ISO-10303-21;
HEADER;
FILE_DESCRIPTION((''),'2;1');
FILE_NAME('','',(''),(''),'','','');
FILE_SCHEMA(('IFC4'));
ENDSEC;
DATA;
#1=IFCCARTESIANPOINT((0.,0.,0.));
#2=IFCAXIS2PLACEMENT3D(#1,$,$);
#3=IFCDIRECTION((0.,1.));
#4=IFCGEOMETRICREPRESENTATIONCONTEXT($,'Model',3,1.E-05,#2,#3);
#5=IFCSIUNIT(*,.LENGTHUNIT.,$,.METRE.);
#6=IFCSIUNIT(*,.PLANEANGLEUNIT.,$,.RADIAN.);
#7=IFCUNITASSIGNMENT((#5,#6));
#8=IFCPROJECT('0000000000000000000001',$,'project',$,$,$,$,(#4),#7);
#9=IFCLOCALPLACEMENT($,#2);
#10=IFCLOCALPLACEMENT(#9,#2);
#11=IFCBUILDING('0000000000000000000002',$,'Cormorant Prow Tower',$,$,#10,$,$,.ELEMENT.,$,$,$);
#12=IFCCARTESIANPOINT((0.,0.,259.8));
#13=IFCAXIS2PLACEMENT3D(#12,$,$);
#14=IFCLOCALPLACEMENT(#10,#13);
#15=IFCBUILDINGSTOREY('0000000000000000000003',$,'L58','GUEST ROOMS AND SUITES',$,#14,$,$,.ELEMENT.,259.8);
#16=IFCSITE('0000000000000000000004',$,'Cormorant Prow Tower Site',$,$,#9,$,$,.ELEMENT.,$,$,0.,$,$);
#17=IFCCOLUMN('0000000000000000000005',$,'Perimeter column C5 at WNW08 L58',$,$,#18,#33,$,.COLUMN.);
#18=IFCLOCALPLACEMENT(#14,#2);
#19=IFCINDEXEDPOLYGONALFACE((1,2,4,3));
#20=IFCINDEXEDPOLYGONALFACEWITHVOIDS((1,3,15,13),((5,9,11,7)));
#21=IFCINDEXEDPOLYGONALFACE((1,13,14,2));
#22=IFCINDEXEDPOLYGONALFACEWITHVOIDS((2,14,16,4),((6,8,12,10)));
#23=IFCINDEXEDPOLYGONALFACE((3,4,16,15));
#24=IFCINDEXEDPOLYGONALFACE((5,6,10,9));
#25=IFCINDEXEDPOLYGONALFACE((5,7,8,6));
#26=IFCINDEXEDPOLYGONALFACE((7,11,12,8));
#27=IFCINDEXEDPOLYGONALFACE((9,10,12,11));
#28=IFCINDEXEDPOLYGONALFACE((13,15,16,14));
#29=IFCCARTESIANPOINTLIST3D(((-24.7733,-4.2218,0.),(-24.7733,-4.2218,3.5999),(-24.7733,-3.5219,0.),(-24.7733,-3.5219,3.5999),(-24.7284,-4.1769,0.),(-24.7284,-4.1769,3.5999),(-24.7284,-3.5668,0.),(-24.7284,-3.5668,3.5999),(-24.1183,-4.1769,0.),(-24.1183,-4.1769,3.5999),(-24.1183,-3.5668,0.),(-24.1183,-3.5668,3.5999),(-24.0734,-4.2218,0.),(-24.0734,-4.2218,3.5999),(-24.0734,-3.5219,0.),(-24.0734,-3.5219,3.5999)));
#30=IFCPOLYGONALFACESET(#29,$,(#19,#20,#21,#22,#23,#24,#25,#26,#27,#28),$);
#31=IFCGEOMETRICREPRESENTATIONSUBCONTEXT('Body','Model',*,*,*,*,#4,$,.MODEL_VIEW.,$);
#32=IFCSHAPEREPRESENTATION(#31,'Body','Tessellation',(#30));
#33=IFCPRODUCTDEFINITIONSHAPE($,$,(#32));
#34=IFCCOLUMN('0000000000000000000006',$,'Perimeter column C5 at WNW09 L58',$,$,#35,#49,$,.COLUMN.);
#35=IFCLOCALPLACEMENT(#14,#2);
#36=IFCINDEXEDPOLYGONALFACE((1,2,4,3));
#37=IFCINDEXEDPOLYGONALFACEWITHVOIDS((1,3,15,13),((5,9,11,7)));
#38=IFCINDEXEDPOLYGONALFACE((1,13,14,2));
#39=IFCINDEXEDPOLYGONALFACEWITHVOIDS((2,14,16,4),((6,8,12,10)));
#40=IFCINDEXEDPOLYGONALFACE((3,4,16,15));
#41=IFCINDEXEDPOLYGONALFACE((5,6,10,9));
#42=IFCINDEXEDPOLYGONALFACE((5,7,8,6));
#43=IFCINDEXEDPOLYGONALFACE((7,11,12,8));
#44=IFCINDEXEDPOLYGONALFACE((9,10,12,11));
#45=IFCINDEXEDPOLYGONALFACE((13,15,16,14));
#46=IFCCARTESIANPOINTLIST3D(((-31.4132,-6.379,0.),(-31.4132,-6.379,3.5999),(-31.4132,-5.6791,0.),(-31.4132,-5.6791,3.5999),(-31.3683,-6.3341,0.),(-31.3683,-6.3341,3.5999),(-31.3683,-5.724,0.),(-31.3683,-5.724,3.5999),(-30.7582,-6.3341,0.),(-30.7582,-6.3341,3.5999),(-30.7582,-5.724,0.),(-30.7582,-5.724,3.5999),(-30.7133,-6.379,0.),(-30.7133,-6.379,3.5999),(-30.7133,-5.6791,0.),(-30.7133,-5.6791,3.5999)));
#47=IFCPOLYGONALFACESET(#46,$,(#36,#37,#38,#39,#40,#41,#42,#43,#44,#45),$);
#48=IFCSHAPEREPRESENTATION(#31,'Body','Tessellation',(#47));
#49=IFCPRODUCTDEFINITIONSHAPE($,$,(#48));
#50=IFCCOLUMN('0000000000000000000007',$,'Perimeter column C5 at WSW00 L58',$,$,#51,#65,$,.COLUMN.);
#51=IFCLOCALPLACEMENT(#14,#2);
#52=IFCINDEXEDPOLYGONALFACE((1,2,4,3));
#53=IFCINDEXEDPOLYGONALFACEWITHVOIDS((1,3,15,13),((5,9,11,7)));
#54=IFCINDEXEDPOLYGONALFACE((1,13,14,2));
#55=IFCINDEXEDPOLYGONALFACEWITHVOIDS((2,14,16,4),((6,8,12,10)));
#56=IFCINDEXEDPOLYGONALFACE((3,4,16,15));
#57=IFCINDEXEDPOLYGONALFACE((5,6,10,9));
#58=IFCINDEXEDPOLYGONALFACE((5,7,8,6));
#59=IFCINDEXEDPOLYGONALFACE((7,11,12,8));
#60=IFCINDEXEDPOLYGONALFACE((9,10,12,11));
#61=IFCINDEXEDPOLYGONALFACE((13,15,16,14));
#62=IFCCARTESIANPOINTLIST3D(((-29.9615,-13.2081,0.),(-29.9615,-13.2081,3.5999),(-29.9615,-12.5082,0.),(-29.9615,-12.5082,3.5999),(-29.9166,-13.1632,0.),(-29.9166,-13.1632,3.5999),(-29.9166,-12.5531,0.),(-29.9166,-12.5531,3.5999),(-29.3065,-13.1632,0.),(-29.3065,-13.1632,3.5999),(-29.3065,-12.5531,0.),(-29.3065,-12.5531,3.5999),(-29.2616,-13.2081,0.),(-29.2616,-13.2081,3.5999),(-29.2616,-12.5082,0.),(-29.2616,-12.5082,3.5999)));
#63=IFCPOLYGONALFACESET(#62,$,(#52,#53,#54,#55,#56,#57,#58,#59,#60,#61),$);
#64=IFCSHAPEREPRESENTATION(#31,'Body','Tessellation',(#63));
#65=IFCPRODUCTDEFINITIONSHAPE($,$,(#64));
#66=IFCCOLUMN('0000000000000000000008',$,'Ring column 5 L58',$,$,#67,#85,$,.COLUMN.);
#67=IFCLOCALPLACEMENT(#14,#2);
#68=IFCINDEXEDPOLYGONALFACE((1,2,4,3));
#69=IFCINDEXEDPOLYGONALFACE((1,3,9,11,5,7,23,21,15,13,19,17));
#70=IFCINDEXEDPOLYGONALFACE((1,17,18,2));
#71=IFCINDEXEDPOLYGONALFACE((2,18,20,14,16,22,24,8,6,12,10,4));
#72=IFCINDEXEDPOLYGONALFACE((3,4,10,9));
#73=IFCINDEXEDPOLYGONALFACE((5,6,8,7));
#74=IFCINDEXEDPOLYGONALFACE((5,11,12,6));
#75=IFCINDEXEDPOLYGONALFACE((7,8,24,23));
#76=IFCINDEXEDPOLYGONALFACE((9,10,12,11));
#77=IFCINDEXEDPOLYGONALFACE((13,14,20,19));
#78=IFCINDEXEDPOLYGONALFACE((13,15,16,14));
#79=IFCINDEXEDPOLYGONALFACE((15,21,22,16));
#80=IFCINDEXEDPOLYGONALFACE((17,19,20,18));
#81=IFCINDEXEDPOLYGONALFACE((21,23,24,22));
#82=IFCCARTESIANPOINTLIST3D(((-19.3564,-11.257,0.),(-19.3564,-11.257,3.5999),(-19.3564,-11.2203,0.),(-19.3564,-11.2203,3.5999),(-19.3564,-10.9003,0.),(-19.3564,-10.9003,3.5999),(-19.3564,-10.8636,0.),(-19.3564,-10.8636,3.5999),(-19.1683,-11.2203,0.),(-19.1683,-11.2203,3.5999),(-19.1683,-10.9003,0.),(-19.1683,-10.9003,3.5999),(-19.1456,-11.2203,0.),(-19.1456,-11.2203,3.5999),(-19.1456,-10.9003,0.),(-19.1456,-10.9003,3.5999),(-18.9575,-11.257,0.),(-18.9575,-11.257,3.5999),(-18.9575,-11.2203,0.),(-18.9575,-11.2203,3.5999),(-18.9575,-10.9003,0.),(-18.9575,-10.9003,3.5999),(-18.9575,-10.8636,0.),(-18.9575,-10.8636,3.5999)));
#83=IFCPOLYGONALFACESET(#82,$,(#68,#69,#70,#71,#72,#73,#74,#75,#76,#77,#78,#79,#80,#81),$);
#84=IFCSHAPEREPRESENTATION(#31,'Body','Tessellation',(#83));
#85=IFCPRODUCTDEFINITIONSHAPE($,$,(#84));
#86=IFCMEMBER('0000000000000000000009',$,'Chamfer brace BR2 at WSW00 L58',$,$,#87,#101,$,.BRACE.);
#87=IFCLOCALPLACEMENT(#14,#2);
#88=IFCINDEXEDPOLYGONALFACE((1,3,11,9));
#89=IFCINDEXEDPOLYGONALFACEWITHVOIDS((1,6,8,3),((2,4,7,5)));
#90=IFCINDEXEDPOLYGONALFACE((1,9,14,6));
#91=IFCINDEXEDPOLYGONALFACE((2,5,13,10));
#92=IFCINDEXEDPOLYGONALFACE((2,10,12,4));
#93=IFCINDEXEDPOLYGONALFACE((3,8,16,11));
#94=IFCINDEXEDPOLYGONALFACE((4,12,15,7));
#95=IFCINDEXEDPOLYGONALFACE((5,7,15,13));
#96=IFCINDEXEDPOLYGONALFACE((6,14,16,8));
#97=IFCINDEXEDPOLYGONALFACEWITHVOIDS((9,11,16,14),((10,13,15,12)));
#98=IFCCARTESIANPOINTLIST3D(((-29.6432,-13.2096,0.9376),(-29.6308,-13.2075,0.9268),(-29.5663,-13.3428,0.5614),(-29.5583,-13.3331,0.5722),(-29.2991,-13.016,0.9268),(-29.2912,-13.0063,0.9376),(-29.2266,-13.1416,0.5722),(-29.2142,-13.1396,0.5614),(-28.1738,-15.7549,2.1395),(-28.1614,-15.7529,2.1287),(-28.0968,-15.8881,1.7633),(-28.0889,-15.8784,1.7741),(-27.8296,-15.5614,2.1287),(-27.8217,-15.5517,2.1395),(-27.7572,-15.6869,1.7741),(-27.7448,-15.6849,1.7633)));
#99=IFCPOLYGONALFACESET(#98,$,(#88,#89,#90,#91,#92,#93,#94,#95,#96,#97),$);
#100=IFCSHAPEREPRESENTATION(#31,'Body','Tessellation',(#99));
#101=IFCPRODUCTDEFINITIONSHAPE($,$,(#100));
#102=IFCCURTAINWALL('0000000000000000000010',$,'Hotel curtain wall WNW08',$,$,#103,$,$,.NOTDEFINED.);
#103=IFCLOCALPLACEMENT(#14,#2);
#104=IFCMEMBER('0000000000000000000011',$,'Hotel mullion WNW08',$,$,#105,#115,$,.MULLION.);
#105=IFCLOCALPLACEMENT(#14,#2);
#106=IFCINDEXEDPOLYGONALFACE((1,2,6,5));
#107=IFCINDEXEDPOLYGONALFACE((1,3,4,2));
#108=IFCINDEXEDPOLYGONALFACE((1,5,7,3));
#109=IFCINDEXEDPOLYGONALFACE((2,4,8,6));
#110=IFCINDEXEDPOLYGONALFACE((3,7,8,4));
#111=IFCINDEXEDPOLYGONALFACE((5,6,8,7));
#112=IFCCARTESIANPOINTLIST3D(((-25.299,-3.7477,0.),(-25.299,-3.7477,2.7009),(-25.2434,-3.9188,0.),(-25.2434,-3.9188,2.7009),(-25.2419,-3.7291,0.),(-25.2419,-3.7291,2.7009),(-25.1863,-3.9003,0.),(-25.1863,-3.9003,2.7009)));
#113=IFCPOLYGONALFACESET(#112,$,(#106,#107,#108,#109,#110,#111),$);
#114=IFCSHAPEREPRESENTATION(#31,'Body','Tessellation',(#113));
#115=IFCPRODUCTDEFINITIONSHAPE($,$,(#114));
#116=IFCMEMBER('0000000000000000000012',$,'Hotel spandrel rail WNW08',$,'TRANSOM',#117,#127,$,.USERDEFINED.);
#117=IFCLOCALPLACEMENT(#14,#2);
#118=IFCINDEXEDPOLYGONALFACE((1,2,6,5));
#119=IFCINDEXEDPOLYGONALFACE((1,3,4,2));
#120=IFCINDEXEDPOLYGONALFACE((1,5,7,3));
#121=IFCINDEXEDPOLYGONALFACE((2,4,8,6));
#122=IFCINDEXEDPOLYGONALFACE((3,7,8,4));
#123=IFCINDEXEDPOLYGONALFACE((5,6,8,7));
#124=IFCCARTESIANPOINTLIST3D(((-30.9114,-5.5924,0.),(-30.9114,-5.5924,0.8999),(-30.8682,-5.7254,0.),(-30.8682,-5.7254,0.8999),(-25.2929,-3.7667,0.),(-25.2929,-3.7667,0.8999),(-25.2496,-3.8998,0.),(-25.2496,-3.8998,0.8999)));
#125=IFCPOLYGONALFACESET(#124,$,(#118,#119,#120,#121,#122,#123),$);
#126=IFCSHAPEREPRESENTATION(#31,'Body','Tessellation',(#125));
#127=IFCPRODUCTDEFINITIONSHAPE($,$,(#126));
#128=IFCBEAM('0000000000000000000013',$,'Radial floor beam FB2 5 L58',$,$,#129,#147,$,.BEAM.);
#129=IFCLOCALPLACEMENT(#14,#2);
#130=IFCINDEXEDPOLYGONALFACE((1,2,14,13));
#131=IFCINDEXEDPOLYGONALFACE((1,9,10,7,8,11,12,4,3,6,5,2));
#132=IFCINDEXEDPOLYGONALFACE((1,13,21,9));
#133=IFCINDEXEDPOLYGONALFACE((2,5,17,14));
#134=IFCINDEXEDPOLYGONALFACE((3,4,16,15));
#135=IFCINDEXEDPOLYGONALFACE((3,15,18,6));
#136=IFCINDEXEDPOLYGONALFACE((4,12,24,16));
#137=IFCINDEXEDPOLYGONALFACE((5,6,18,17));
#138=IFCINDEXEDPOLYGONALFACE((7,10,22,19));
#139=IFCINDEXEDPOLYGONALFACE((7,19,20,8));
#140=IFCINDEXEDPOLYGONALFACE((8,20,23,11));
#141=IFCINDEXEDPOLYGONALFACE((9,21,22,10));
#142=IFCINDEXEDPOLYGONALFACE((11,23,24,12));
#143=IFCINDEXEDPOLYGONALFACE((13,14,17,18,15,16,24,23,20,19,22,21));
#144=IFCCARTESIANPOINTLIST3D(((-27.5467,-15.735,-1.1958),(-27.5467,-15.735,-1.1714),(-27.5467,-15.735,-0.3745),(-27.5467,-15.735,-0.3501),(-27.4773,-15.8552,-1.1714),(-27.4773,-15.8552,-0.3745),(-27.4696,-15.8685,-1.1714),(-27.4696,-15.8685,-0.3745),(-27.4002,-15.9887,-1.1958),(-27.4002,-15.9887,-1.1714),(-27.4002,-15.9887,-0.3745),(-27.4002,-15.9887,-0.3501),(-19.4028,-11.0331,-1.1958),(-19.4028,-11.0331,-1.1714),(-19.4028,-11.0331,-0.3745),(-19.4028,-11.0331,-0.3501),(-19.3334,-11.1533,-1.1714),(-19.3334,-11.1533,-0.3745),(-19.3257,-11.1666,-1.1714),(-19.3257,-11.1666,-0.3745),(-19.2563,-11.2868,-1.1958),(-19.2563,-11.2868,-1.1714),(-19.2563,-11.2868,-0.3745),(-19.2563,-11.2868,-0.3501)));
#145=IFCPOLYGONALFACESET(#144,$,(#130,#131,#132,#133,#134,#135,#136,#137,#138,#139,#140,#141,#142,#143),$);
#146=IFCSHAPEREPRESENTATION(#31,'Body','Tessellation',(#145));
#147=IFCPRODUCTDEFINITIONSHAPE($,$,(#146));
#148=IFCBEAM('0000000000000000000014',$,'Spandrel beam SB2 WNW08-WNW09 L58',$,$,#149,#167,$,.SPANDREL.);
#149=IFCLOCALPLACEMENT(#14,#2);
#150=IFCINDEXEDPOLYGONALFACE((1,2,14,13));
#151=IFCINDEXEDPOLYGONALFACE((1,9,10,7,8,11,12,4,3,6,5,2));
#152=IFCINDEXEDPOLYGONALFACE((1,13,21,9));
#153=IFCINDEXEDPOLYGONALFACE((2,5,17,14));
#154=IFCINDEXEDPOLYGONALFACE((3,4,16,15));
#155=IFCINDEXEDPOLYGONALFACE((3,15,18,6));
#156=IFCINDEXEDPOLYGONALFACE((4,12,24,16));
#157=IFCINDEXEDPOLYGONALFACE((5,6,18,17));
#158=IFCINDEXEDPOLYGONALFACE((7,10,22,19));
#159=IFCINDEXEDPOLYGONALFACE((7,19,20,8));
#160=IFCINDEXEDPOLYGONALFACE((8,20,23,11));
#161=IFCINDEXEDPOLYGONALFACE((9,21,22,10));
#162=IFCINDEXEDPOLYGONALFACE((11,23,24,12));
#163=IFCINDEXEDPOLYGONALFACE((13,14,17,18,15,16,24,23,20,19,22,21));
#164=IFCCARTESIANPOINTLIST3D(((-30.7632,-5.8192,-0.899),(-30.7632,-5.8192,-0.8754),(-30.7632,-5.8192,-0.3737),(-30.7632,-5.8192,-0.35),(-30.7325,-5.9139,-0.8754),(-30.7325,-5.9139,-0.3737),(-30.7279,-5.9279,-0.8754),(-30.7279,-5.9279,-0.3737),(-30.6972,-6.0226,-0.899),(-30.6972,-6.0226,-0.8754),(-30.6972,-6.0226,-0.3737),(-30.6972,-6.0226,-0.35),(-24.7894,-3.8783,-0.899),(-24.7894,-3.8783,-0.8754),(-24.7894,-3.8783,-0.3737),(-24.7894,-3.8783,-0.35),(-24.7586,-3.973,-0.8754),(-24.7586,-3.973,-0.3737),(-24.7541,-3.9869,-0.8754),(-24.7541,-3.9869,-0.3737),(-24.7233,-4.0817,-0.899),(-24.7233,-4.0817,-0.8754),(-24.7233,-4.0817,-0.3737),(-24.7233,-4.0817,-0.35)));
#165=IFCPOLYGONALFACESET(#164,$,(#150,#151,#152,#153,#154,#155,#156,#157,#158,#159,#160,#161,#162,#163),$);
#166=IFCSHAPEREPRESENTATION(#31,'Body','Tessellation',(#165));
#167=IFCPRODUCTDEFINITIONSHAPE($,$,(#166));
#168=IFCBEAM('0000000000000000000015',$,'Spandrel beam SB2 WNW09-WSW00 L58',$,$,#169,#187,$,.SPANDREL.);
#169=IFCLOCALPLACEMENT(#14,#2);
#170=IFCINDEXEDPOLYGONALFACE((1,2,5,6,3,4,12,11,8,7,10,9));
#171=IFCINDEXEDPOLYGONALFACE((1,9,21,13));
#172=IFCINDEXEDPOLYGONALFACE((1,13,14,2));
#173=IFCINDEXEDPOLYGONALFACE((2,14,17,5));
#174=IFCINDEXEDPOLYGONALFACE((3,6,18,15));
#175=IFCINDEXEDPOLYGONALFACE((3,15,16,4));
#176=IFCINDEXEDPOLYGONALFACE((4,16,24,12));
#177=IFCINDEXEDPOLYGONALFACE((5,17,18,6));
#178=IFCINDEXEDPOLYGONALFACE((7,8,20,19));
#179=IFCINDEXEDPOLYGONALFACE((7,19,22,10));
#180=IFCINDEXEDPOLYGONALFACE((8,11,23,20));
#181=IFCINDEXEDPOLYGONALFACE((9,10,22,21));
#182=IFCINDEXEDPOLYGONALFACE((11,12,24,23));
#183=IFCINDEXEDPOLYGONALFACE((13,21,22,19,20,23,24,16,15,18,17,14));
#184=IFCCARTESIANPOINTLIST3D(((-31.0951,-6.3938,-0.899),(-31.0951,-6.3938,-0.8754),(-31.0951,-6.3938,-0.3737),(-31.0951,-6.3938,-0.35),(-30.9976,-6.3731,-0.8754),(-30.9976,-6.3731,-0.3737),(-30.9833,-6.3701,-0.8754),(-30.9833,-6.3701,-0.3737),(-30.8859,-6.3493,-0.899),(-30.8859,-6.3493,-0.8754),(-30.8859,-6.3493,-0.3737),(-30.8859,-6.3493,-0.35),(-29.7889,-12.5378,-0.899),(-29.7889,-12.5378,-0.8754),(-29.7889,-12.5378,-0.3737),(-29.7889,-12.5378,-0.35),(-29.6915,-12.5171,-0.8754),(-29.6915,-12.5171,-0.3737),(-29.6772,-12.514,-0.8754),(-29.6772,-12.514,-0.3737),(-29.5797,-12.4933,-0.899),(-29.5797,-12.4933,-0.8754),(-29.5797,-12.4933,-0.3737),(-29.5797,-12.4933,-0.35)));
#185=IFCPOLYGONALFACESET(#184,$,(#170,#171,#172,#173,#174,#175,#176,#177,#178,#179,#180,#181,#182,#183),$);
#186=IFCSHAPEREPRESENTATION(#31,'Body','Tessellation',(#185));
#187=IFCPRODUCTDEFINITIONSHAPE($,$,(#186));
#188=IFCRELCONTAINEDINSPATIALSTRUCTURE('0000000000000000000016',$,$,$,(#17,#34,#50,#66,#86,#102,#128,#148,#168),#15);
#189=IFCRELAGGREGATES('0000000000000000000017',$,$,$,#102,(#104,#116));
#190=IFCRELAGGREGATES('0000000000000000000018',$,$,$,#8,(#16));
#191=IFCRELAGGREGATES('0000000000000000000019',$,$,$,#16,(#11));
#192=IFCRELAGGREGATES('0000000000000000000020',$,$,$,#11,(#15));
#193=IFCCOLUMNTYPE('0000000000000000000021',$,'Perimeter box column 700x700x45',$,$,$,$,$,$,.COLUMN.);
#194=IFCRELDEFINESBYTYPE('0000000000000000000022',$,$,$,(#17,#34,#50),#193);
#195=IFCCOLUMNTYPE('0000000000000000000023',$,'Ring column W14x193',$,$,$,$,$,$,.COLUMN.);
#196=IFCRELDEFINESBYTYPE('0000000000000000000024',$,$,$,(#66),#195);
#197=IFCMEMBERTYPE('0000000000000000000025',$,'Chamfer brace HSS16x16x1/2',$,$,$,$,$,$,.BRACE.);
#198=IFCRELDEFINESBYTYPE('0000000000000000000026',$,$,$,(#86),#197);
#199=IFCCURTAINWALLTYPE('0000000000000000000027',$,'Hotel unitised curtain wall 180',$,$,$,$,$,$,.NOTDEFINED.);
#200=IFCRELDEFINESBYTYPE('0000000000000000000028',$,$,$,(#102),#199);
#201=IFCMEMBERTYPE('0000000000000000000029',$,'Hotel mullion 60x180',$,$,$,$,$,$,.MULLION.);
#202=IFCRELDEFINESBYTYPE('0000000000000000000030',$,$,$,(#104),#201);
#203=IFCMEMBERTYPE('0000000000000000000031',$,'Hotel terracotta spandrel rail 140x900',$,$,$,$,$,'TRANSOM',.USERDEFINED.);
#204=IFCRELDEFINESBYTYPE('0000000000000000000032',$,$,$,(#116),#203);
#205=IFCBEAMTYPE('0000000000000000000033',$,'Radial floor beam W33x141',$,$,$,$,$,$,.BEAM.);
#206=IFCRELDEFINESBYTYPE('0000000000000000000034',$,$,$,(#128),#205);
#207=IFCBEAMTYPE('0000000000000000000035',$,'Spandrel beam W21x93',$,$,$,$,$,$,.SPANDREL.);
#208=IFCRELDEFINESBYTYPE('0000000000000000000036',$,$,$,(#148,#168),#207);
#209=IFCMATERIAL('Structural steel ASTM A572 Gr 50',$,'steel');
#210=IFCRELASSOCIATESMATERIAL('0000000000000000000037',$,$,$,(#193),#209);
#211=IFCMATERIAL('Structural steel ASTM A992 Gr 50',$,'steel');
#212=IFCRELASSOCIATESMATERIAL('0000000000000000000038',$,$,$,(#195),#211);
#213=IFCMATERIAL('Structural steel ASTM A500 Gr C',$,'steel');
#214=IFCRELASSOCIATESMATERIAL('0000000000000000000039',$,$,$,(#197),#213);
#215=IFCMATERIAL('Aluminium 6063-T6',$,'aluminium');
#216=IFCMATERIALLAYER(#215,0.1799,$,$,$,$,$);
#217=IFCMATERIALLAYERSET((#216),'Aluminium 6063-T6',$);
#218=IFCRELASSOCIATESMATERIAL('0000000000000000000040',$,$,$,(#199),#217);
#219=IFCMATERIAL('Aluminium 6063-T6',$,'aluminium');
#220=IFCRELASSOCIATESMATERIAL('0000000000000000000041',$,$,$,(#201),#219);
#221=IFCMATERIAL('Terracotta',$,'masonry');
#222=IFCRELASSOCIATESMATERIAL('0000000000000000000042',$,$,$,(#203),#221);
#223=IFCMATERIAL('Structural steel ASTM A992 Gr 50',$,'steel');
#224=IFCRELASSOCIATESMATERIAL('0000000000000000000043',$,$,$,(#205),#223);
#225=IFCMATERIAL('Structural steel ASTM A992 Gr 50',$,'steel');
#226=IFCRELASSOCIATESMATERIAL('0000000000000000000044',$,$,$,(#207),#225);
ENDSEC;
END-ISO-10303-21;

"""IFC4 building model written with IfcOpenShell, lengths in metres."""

from ifc_helpers import new_model, si_unit, direction, frame, origin, origin_2d, place, context, subcontext, project, spatial, rectangle, hollow_rectangle, i_section, extrude, material, layer, layer_set, material_profile, profile_set, type_object, element, aggregate, save


model = new_model("IFC4")

# Units and contexts
model_context = context("Model", 3, precision=1e-05, world=origin(), true_north=direction((0.0, 1.0)))
body_context = subcontext(model_context, "Body", "Model", "MODEL_VIEW")
ifc_project = project(units=[si_unit("LENGTHUNIT", "METRE"), si_unit("PLANEANGLEUNIT", "RADIAN")], contexts=[model_context])

# Site, building, storey
site_placement = place(None, origin())
site = spatial("IfcSite", under=ifc_project, at=site_placement, Name="Cormorant Prow Tower Site", CompositionType="ELEMENT", RefElevation=0.0)
building_placement = place(site_placement, origin())
building = spatial("IfcBuilding", under=site, at=building_placement, Name="Cormorant Prow Tower", CompositionType="ELEMENT")
storey_placement = place(building_placement, frame((0.0, 0.0, 259.8)))
storey = spatial("IfcBuildingStorey", under=building, at=storey_placement, Name="L58", Description="GUEST ROOMS AND SUITES", CompositionType="ELEMENT", Elevation=259.8)

# Columns
ifc_material_1 = material(Name="Structural steel ASTM A572 Gr 50", Category="steel")
ifc_material_profile_1 = material_profile(ifc_material_1, hollow_rectangle(XDim=0.7, YDim=0.7, WallThickness=0.0449, at=origin_2d()), Name="Box 700x700x45")
ifc_profile_set_1 = profile_set([ifc_material_profile_1], Name="Structural steel ASTM A572 Gr 50")
column_type_1 = type_object("IfcColumnType", Name="Perimeter box column 700x700x45", PredefinedType="COLUMN", material=ifc_profile_set_1)
for number, where, z_axis, x_axis, name in (
    (1, (-24.4233, -3.8718, 0.0), (0.0, 0.0, 1.0), (1.0, 0.0, 0.0), "Perimeter column C5 at WNW08 L58"),
    (2, (-31.0632, -6.0291, 0.0), (0.0, 0.0, 1.0), (1.0, 0.0, 0.0), "Perimeter column C5 at WNW09 L58"),
    (3, (-29.6116, -12.8582, 0.0), (0.0, 0.0, 1.0), (1.0, 0.0, 0.0), "Perimeter column C5 at WSW00 L58"),
):
    element("IfcColumn", number, at=place(storey_placement, frame(where, z_axis=z_axis, x_axis=x_axis)), inside=storey, type_object=column_type_1, Name=name, PredefinedType="COLUMN", context=body_context, shape_type="SweptSolid", body=[
        extrude(hollow_rectangle(XDim=0.7, YDim=0.7, WallThickness=0.0449, at=origin_2d()), origin(), (0.0, 0.0, 1.0), 3.5999),
    ])
ifc_material_2 = material(Name="Structural steel ASTM A992 Gr 50", Category="steel")
ifc_material_profile_2 = material_profile(ifc_material_2, i_section(OverallWidth=0.3989, OverallDepth=0.3933, WebThickness=0.0227, FlangeThickness=0.0366, at=origin_2d()), Name="W14x193")
ifc_profile_set_2 = profile_set([ifc_material_profile_2], Name="Structural steel ASTM A992 Gr 50")
column_type_2 = type_object("IfcColumnType", Name="Ring column W14x193", PredefinedType="COLUMN", material=ifc_profile_set_2)
column_placement = place(storey_placement, frame((-19.157, -11.0603, 0.0), z_axis=(0.0, 0.0, 1.0), x_axis=(1.0, 0.0, 0.0)))
element("IfcColumn", 4, at=column_placement, inside=storey, type_object=column_type_2, Name="Ring column 5 L58", PredefinedType="COLUMN", context=body_context, shape_type="SweptSolid", body=[
    extrude(i_section(OverallWidth=0.3989, OverallDepth=0.3933, WebThickness=0.0227, FlangeThickness=0.0366, at=origin_2d()), origin(), (0.0, 0.0, 1.0), 3.5999),
])

# Member
ifc_material_3 = material(Name="Structural steel ASTM A500 Gr C", Category="steel")
ifc_material_profile_3 = material_profile(ifc_material_3, hollow_rectangle(XDim=0.4065, YDim=0.4065, WallThickness=0.0117, at=origin_2d()), Name="HSS16x16x1/2")
ifc_profile_set_3 = profile_set([ifc_material_profile_3], Name="Structural steel ASTM A500 Gr C")
member_type_1 = type_object("IfcMemberType", Name="Chamfer brace HSS16x16x1/2", PredefinedType="BRACE", material=ifc_profile_set_3)
member_1_placement = place(storey_placement, frame((-29.4287, -13.1746, 0.7495), z_axis=(0.462773, -0.801607, 0.378507), x_axis=(0.866042, 0.499972, 0.0)))
element("IfcMember", 5, at=member_1_placement, inside=storey, type_object=member_type_1, Name="Chamfer brace BR2 at WSW00 L58", PredefinedType="BRACE", context=body_context, shape_type="SweptSolid", body=[
    extrude(hollow_rectangle(XDim=0.4065, YDim=0.4065, WallThickness=0.0117, at=origin_2d()), origin(), (0.0, 0.0, 1.0), 3.1753),
])

# Curtain wall, members
ifc_material_4 = material(Name="Aluminium 6063-T6", Category="aluminium")
ifc_layer_1 = layer(ifc_material_4, 0.1799)
ifc_layer_set_1 = layer_set([ifc_layer_1], Name="Aluminium 6063-T6")
curtain_wall_type = type_object("IfcCurtainWallType", Name="Hotel unitised curtain wall 180", PredefinedType="NOTDEFINED", material=ifc_layer_set_1)
curtain_wall_placement = place(storey_placement, origin())
curtain_wall = element("IfcCurtainWall", 6, at=curtain_wall_placement, inside=storey, type_object=curtain_wall_type, Name="Hotel curtain wall WNW08", PredefinedType="NOTDEFINED")
ifc_material_5 = material(Name="Aluminium 6063-T6", Category="aluminium")
ifc_material_profile_4 = material_profile(ifc_material_5, rectangle(XDim=0.1799, YDim=0.0601, at=origin_2d()), Name="Hotel mullion 60x180")
ifc_profile_set_4 = profile_set([ifc_material_profile_4], Name="Aluminium 6063-T6")
member_type_2 = type_object("IfcMemberType", Name="Hotel mullion 60x180", PredefinedType="MULLION", material=ifc_profile_set_4)
member_2_placement = place(storey_placement, frame((-25.2427, -3.824, 0.0), z_axis=(0.0, 0.0, 1.0), x_axis=(0.309017, -0.951057, 0.0)))
member_2 = element("IfcMember", 7, at=member_2_placement, type_object=member_type_2, Name="Hotel mullion WNW08", PredefinedType="MULLION", context=body_context, shape_type="SweptSolid", body=[
    extrude(rectangle(XDim=0.1799, YDim=0.0601, at=origin_2d()), origin(), (0.0, 0.0, 1.0), 2.7009),
])
ifc_material_6 = material(Name="Terracotta", Category="masonry")
ifc_material_profile_5 = material_profile(ifc_material_6, rectangle(XDim=0.1399, YDim=0.8999, at=origin_2d()), Name="Hotel terracotta spandrel rail 140x900")
ifc_profile_set_5 = profile_set([ifc_material_profile_5], Name="Terracotta")
member_type_3 = type_object("IfcMemberType", Name="Hotel terracotta spandrel rail 140x900", ElementType="TRANSOM", PredefinedType="USERDEFINED", material=ifc_profile_set_5)
member_3_placement = place(storey_placement, frame((-25.2712, -3.8333, 0.45), z_axis=(-0.951053, -0.309028, 0.0), x_axis=(0.309028, -0.951053, 0.0)))
member_3 = element("IfcMember", 8, at=member_3_placement, type_object=member_type_3, Name="Hotel spandrel rail WNW08", ObjectType="TRANSOM", PredefinedType="USERDEFINED", context=body_context, shape_type="SweptSolid", body=[
    extrude(rectangle(XDim=0.1399, YDim=0.8999, at=origin_2d()), origin(), (0.0, 0.0, 1.0), 5.9077),
])

# Beams
ifc_material_7 = material(Name="Structural steel ASTM A992 Gr 50", Category="steel")
ifc_material_profile_6 = material_profile(ifc_material_7, i_section(OverallWidth=0.293, OverallDepth=0.8457, WebThickness=0.0154, FlangeThickness=0.0244, at=origin_2d()), Name="W33x141")
ifc_profile_set_6 = profile_set([ifc_material_profile_6], Name="Structural steel ASTM A992 Gr 50")
beam_type_1 = type_object("IfcBeamType", Name="Radial floor beam W33x141", PredefinedType="BEAM", material=ifc_profile_set_6)
beam_1_placement = place(storey_placement, frame((-19.3296, -11.1599, -0.7729), z_axis=(-0.866022, -0.500006, 0.0), x_axis=(0.500006, -0.866022, 0.0)))
element("IfcBeam", 9, at=beam_1_placement, inside=storey, type_object=beam_type_1, Name="Radial floor beam FB2 5 L58", PredefinedType="BEAM", context=body_context, shape_type="SweptSolid", body=[
    extrude(i_section(OverallWidth=0.293, OverallDepth=0.8457, WebThickness=0.0154, FlangeThickness=0.0244, at=origin_2d()), origin(), (0.0, 0.0, 1.0), 9.4038),
])
ifc_material_8 = material(Name="Structural steel ASTM A992 Gr 50", Category="steel")
ifc_material_profile_7 = material_profile(ifc_material_8, i_section(OverallWidth=0.2139, OverallDepth=0.5491, WebThickness=0.0146, FlangeThickness=0.0237, at=origin_2d()), Name="W21x93")
ifc_profile_set_7 = profile_set([ifc_material_profile_7], Name="Structural steel ASTM A992 Gr 50")
beam_type_2 = type_object("IfcBeamType", Name="Spandrel beam W21x93", PredefinedType="SPANDREL", material=ifc_profile_set_7)
for number, where, z_axis, x_axis, name in (
    (10, (-24.7563, -3.98, -0.6245), (-0.951062, -0.309001, 0.0), (0.309001, -0.951062, 0.0), "Spandrel beam SB2 WNW08-WNW09 L58"),
    (11, (-30.9905, -6.3716, -0.6245), (0.207941, -0.978141, 0.0), (0.978141, 0.207941, 0.0), "Spandrel beam SB2 WNW09-WSW00 L58"),
):
    element("IfcBeam", number, at=place(storey_placement, frame(where, z_axis=z_axis, x_axis=x_axis)), inside=storey, type_object=beam_type_2, Name=name, PredefinedType="SPANDREL", context=body_context, shape_type="SweptSolid", body=[
        extrude(i_section(OverallWidth=0.2139, OverallDepth=0.5491, WebThickness=0.0146, FlangeThickness=0.0237, at=origin_2d()), origin(), (0.0, 0.0, 1.0), 6.2812),
    ])

aggregate(curtain_wall, [member_2, member_3])

save(model, "model.ifc")
